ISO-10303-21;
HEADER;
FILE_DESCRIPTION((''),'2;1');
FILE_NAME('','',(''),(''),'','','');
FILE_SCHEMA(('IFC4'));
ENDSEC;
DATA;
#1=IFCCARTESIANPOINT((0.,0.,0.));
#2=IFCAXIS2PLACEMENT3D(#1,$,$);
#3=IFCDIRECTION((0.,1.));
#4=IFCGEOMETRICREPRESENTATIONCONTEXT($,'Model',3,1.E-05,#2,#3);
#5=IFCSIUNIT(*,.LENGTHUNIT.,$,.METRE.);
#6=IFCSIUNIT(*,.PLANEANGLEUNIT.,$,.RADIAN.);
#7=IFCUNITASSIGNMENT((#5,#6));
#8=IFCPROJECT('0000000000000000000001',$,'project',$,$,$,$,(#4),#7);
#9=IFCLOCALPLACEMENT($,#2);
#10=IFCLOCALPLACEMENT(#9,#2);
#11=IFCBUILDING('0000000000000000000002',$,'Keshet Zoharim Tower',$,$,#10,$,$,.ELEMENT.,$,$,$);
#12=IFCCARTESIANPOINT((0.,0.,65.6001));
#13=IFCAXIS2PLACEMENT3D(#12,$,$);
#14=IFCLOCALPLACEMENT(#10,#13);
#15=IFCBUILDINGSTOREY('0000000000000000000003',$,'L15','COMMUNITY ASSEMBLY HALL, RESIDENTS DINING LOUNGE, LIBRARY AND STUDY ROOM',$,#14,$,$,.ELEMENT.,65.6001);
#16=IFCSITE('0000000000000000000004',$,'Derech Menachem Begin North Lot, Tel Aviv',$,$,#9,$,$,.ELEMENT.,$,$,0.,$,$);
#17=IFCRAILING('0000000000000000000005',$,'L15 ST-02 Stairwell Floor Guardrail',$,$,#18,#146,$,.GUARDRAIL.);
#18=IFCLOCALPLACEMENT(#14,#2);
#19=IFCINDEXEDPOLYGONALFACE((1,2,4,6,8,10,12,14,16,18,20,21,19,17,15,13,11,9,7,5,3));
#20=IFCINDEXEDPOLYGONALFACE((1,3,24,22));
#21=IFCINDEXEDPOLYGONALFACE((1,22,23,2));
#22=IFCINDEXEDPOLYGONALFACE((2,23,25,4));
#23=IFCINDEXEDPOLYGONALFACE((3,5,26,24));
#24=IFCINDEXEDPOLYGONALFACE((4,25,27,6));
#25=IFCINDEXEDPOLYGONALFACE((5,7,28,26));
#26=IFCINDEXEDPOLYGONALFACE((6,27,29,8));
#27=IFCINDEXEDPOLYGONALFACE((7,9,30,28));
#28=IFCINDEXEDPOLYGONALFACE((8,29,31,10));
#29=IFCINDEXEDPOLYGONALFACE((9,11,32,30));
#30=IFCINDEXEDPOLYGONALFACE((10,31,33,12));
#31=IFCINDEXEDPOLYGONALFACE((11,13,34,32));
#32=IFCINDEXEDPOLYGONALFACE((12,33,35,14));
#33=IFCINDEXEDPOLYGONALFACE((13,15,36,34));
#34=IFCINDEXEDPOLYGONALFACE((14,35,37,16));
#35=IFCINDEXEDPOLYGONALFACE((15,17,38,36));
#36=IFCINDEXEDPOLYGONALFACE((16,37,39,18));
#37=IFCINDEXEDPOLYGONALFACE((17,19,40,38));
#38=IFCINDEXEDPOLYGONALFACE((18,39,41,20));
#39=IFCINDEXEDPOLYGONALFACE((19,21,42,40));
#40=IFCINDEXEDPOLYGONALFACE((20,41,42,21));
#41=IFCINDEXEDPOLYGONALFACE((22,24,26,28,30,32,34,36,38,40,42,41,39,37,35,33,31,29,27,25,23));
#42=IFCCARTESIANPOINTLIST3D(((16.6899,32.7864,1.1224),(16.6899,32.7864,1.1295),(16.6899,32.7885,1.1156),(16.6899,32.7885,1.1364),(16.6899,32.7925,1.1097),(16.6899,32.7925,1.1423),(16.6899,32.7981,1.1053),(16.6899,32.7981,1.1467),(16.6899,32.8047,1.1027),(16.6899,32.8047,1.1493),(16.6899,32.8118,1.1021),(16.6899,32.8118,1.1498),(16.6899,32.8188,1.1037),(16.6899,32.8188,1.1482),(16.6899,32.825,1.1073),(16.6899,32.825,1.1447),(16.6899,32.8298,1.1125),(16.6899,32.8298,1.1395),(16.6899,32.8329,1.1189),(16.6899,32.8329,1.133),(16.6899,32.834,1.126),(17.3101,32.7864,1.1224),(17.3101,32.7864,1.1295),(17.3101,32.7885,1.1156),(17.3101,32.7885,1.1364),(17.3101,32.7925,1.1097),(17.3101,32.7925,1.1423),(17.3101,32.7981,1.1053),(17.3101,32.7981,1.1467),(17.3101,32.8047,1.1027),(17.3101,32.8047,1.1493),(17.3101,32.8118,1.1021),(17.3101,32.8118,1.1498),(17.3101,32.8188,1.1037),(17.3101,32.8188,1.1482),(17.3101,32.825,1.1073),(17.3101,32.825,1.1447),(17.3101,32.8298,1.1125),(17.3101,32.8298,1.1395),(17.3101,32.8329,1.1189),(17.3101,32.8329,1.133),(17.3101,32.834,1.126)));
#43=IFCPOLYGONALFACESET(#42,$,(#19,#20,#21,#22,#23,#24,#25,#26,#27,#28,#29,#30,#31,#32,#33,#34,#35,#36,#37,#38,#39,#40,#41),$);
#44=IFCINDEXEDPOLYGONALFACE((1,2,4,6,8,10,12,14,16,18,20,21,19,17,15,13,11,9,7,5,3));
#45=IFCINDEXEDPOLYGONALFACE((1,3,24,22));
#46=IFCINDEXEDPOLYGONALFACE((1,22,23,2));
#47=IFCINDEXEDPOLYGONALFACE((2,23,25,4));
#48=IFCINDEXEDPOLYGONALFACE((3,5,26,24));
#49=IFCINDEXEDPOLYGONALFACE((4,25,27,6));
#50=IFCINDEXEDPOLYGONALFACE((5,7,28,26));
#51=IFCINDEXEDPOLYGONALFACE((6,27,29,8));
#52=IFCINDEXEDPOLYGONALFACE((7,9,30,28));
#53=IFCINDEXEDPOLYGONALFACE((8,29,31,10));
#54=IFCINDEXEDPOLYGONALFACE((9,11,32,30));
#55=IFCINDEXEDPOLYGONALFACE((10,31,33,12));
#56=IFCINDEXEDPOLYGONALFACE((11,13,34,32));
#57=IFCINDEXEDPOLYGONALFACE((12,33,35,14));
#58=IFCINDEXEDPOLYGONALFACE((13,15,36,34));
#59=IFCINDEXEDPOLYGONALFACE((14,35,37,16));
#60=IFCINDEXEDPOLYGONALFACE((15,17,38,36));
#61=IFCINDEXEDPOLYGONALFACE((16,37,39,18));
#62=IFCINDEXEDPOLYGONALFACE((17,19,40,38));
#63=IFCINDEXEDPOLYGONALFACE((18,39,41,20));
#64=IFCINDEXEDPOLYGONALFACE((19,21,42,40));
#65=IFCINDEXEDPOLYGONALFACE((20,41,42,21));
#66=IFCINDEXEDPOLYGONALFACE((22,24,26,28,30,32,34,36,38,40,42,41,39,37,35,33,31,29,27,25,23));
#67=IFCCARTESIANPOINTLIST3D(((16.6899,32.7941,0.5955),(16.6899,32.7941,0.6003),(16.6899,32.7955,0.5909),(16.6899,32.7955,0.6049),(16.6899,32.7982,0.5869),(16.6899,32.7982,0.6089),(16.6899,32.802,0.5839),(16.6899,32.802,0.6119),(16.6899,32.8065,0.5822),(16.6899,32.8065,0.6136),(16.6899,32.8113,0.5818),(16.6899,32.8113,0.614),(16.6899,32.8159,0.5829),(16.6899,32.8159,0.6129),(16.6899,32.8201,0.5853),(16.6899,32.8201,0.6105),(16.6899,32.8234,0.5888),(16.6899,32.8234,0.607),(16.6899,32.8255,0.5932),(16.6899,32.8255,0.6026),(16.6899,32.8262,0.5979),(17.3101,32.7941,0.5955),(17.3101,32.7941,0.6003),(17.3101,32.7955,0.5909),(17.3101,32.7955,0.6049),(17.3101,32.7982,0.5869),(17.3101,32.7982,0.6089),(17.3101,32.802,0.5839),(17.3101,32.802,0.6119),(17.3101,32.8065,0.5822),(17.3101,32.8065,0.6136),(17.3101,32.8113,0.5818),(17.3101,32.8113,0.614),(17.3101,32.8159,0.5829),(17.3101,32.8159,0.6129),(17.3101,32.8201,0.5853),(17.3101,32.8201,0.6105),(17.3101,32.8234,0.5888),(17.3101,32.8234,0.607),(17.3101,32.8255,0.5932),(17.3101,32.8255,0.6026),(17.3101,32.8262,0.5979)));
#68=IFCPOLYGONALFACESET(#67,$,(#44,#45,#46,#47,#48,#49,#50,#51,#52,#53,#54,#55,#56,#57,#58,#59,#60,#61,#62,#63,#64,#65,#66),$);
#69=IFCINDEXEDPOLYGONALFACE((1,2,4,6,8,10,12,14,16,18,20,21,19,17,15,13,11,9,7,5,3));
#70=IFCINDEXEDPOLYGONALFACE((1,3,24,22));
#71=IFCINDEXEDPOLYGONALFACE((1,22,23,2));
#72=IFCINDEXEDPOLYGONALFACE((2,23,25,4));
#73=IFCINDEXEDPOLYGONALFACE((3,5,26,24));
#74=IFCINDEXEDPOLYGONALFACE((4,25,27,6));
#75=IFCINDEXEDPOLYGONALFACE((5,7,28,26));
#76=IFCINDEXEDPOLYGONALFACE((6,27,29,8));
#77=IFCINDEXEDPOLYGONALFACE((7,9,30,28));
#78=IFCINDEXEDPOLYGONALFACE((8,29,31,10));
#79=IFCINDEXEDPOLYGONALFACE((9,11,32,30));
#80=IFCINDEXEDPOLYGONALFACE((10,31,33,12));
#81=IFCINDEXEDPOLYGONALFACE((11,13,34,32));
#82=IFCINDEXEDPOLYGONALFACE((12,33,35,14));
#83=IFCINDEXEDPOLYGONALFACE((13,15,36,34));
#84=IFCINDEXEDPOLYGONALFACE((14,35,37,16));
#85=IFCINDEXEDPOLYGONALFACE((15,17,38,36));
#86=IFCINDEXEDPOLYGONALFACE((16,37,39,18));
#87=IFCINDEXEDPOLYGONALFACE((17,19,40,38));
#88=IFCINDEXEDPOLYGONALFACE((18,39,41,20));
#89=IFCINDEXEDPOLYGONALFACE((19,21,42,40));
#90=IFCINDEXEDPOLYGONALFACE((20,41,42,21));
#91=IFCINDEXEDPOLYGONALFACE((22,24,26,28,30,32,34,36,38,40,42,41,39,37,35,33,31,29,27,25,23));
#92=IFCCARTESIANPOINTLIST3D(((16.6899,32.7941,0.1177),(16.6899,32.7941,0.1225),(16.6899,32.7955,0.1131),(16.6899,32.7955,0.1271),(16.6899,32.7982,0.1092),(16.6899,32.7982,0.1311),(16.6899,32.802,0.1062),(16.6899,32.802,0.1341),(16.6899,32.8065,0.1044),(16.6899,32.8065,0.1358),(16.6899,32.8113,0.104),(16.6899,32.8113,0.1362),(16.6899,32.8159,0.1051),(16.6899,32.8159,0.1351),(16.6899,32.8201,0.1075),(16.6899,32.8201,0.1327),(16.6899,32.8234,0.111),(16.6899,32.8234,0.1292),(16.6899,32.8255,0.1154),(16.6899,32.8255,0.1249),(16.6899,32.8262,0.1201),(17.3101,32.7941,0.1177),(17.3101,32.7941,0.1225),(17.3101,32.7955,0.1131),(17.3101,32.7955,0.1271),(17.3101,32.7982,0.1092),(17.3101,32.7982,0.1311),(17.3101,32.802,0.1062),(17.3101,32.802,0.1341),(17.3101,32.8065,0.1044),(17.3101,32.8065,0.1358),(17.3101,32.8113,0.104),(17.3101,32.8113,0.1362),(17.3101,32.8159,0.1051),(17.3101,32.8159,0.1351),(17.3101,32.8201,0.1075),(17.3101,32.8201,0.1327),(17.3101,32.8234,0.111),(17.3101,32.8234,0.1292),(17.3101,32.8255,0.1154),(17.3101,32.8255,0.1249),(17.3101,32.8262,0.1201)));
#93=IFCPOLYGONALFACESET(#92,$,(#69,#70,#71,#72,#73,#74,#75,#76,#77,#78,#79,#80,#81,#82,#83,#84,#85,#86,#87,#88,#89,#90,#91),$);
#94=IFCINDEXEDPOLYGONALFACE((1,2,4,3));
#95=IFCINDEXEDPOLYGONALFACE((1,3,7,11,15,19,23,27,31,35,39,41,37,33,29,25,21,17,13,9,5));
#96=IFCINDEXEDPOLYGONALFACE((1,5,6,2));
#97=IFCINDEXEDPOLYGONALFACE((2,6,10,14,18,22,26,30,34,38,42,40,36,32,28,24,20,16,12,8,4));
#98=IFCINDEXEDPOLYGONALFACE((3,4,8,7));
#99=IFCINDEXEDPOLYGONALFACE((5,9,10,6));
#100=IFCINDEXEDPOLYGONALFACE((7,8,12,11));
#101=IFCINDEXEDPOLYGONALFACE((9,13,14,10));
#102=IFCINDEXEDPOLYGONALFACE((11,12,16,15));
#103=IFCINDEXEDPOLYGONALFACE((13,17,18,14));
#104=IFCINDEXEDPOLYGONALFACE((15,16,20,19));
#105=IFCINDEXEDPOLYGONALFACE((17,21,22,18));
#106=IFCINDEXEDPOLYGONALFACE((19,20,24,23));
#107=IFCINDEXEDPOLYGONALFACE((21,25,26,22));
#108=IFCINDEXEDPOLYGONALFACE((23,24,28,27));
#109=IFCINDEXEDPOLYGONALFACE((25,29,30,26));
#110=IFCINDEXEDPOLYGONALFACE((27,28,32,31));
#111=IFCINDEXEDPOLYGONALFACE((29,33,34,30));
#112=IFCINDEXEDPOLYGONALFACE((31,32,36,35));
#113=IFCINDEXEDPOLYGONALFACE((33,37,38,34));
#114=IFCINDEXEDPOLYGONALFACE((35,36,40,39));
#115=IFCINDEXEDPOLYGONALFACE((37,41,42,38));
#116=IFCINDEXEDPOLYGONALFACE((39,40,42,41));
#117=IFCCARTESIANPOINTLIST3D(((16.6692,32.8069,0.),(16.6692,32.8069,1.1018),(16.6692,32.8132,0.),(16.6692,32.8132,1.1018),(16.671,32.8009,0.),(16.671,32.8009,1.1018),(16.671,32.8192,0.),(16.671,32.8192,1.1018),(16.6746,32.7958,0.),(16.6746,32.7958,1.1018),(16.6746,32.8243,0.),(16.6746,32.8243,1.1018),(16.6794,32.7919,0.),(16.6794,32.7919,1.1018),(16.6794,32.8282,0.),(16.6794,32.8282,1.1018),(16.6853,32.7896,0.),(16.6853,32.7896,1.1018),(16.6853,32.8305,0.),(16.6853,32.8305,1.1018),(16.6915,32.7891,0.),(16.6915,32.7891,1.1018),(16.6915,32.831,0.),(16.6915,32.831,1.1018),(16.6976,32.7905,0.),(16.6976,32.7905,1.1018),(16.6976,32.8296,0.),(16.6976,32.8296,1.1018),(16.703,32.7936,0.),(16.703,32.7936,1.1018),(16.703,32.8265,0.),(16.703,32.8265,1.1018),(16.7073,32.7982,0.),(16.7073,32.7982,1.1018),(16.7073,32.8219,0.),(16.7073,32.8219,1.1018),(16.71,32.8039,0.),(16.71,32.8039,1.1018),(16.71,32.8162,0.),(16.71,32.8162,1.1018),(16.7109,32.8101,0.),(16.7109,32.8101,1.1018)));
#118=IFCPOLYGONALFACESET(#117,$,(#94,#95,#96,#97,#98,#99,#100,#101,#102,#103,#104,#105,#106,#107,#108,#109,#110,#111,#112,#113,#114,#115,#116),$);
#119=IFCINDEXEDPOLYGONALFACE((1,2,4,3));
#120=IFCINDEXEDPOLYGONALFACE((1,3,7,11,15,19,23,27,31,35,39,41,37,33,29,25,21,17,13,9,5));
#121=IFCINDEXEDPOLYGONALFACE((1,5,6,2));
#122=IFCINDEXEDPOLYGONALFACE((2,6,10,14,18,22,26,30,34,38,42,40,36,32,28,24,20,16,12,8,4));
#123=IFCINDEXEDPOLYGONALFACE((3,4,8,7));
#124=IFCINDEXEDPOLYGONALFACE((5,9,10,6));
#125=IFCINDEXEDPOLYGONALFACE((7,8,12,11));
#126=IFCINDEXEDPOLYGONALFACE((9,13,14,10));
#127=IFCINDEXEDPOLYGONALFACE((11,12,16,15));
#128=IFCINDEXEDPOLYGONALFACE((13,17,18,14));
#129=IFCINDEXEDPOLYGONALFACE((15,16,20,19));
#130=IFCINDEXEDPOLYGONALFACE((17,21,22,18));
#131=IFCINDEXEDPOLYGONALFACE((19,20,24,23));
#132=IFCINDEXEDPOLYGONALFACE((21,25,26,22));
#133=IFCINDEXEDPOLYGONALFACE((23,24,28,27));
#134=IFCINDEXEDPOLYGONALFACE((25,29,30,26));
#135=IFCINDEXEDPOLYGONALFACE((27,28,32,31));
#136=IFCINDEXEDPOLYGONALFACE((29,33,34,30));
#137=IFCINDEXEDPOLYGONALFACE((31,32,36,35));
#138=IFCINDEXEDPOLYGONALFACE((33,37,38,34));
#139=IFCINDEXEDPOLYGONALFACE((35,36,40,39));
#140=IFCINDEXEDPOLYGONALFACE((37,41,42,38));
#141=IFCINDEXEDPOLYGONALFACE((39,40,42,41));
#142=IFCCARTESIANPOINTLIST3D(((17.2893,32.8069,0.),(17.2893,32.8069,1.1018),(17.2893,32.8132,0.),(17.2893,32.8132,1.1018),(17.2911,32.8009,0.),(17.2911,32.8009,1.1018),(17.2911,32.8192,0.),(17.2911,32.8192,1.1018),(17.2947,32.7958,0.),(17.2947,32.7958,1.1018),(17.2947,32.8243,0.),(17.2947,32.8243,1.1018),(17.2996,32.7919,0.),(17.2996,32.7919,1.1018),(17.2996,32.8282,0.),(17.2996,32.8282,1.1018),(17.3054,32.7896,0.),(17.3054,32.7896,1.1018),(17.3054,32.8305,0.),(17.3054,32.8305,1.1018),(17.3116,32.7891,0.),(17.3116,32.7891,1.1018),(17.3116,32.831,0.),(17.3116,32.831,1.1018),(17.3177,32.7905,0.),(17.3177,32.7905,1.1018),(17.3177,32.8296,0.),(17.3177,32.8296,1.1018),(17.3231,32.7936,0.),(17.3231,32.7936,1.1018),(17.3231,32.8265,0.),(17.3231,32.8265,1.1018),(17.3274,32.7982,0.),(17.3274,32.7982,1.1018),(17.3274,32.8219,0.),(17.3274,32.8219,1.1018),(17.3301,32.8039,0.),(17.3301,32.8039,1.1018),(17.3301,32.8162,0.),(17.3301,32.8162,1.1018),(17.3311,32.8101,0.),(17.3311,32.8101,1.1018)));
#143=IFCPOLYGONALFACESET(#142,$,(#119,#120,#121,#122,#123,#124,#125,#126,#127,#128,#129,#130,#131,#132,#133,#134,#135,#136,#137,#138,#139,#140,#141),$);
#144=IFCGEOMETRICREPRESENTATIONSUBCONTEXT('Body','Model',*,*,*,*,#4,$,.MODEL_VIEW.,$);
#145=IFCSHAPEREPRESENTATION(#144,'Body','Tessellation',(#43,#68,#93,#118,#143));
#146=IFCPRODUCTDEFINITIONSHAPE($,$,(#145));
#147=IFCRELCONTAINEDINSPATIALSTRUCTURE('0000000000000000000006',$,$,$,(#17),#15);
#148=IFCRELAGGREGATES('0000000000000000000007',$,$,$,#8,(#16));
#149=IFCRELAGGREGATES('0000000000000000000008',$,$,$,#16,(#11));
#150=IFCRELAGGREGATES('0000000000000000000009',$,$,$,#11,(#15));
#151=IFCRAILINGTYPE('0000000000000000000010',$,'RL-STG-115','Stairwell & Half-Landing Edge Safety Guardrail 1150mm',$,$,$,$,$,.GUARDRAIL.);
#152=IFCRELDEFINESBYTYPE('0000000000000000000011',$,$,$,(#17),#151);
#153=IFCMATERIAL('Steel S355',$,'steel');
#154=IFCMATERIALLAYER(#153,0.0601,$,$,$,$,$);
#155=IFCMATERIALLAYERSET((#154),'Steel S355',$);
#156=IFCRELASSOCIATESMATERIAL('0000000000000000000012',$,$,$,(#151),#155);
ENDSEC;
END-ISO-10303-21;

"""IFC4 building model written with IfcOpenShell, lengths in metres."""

from ifc_helpers import new_model, si_unit, direction, frame, origin, origin_2d, place, context, subcontext, project, spatial, circle, extrude, material, layer, layer_set, type_object, element, save


model = new_model("IFC4")

# Units and contexts
model_context = context("Model", 3, precision=1e-05, world=origin(), true_north=direction((0.0, 1.0)))
body_context = subcontext(model_context, "Body", "Model", "MODEL_VIEW")
ifc_project = project(units=[si_unit("LENGTHUNIT", "METRE"), si_unit("PLANEANGLEUNIT", "RADIAN")], contexts=[model_context])

# Site, building, storey
site_placement = place(None, origin())
site = spatial("IfcSite", under=ifc_project, at=site_placement, Name="Derech Menachem Begin North Lot, Tel Aviv", CompositionType="ELEMENT", RefElevation=0.0)
building_placement = place(site_placement, origin())
building = spatial("IfcBuilding", under=site, at=building_placement, Name="Keshet Zoharim Tower", CompositionType="ELEMENT")
storey_placement = place(building_placement, frame((0.0, 0.0, 65.6001)))
storey = spatial("IfcBuildingStorey", under=building, at=storey_placement, Name="L15", Description="COMMUNITY ASSEMBLY HALL, RESIDENTS DINING LOUNGE, LIBRARY AND STUDY ROOM", CompositionType="ELEMENT", Elevation=65.6001)

# Railing
ifc_material_1 = material(Name="Steel S355", Category="steel")
ifc_layer_1 = layer(ifc_material_1, 0.0601)
ifc_layer_set_1 = layer_set([ifc_layer_1], Name="Steel S355")
railing_type_1 = type_object("IfcRailingType", Name="RL-STG-115", Description="Stairwell & Half-Landing Edge Safety Guardrail 1150mm", PredefinedType="GUARDRAIL", material=ifc_layer_set_1)
railing_1_placement = place(storey_placement, frame((16.6899, 32.8101, 0.0)))
element("IfcRailing", 1, at=railing_1_placement, inside=storey, type_object=railing_type_1, Name="L15 ST-02 Stairwell Floor Guardrail", PredefinedType="GUARDRAIL", context=body_context, shape_type="SweptSolid", body=[
    extrude(circle(Radius=0.0239, at=origin_2d()), frame((0.0, 0.0, 1.126), z_axis=(1.0, 0.0, 0.0), x_axis=(0.0, 1.0, 0.0)), (0.0, 0.0, 1.0), 0.6201),
    extrude(circle(Radius=0.0161, at=origin_2d()), frame((0.0, 0.0, 0.5979), z_axis=(1.0, 0.0, 0.0), x_axis=(0.0, 1.0, 0.0)), (0.0, 0.0, 1.0), 0.6201),
    extrude(circle(Radius=0.0161, at=origin_2d()), frame((0.0, 0.0, 0.1201), z_axis=(1.0, 0.0, 0.0), x_axis=(0.0, 1.0, 0.0)), (0.0, 0.0, 1.0), 0.6201),
    extrude(circle(Radius=0.021, at=origin_2d()), origin(), (0.0, 0.0, 1.0), 1.1018),
    extrude(circle(Radius=0.021, at=origin_2d()), frame((0.6201, 0.0, 0.0)), (0.0, 0.0, 1.0), 1.1018),
])

save(model, "model.ifc")
